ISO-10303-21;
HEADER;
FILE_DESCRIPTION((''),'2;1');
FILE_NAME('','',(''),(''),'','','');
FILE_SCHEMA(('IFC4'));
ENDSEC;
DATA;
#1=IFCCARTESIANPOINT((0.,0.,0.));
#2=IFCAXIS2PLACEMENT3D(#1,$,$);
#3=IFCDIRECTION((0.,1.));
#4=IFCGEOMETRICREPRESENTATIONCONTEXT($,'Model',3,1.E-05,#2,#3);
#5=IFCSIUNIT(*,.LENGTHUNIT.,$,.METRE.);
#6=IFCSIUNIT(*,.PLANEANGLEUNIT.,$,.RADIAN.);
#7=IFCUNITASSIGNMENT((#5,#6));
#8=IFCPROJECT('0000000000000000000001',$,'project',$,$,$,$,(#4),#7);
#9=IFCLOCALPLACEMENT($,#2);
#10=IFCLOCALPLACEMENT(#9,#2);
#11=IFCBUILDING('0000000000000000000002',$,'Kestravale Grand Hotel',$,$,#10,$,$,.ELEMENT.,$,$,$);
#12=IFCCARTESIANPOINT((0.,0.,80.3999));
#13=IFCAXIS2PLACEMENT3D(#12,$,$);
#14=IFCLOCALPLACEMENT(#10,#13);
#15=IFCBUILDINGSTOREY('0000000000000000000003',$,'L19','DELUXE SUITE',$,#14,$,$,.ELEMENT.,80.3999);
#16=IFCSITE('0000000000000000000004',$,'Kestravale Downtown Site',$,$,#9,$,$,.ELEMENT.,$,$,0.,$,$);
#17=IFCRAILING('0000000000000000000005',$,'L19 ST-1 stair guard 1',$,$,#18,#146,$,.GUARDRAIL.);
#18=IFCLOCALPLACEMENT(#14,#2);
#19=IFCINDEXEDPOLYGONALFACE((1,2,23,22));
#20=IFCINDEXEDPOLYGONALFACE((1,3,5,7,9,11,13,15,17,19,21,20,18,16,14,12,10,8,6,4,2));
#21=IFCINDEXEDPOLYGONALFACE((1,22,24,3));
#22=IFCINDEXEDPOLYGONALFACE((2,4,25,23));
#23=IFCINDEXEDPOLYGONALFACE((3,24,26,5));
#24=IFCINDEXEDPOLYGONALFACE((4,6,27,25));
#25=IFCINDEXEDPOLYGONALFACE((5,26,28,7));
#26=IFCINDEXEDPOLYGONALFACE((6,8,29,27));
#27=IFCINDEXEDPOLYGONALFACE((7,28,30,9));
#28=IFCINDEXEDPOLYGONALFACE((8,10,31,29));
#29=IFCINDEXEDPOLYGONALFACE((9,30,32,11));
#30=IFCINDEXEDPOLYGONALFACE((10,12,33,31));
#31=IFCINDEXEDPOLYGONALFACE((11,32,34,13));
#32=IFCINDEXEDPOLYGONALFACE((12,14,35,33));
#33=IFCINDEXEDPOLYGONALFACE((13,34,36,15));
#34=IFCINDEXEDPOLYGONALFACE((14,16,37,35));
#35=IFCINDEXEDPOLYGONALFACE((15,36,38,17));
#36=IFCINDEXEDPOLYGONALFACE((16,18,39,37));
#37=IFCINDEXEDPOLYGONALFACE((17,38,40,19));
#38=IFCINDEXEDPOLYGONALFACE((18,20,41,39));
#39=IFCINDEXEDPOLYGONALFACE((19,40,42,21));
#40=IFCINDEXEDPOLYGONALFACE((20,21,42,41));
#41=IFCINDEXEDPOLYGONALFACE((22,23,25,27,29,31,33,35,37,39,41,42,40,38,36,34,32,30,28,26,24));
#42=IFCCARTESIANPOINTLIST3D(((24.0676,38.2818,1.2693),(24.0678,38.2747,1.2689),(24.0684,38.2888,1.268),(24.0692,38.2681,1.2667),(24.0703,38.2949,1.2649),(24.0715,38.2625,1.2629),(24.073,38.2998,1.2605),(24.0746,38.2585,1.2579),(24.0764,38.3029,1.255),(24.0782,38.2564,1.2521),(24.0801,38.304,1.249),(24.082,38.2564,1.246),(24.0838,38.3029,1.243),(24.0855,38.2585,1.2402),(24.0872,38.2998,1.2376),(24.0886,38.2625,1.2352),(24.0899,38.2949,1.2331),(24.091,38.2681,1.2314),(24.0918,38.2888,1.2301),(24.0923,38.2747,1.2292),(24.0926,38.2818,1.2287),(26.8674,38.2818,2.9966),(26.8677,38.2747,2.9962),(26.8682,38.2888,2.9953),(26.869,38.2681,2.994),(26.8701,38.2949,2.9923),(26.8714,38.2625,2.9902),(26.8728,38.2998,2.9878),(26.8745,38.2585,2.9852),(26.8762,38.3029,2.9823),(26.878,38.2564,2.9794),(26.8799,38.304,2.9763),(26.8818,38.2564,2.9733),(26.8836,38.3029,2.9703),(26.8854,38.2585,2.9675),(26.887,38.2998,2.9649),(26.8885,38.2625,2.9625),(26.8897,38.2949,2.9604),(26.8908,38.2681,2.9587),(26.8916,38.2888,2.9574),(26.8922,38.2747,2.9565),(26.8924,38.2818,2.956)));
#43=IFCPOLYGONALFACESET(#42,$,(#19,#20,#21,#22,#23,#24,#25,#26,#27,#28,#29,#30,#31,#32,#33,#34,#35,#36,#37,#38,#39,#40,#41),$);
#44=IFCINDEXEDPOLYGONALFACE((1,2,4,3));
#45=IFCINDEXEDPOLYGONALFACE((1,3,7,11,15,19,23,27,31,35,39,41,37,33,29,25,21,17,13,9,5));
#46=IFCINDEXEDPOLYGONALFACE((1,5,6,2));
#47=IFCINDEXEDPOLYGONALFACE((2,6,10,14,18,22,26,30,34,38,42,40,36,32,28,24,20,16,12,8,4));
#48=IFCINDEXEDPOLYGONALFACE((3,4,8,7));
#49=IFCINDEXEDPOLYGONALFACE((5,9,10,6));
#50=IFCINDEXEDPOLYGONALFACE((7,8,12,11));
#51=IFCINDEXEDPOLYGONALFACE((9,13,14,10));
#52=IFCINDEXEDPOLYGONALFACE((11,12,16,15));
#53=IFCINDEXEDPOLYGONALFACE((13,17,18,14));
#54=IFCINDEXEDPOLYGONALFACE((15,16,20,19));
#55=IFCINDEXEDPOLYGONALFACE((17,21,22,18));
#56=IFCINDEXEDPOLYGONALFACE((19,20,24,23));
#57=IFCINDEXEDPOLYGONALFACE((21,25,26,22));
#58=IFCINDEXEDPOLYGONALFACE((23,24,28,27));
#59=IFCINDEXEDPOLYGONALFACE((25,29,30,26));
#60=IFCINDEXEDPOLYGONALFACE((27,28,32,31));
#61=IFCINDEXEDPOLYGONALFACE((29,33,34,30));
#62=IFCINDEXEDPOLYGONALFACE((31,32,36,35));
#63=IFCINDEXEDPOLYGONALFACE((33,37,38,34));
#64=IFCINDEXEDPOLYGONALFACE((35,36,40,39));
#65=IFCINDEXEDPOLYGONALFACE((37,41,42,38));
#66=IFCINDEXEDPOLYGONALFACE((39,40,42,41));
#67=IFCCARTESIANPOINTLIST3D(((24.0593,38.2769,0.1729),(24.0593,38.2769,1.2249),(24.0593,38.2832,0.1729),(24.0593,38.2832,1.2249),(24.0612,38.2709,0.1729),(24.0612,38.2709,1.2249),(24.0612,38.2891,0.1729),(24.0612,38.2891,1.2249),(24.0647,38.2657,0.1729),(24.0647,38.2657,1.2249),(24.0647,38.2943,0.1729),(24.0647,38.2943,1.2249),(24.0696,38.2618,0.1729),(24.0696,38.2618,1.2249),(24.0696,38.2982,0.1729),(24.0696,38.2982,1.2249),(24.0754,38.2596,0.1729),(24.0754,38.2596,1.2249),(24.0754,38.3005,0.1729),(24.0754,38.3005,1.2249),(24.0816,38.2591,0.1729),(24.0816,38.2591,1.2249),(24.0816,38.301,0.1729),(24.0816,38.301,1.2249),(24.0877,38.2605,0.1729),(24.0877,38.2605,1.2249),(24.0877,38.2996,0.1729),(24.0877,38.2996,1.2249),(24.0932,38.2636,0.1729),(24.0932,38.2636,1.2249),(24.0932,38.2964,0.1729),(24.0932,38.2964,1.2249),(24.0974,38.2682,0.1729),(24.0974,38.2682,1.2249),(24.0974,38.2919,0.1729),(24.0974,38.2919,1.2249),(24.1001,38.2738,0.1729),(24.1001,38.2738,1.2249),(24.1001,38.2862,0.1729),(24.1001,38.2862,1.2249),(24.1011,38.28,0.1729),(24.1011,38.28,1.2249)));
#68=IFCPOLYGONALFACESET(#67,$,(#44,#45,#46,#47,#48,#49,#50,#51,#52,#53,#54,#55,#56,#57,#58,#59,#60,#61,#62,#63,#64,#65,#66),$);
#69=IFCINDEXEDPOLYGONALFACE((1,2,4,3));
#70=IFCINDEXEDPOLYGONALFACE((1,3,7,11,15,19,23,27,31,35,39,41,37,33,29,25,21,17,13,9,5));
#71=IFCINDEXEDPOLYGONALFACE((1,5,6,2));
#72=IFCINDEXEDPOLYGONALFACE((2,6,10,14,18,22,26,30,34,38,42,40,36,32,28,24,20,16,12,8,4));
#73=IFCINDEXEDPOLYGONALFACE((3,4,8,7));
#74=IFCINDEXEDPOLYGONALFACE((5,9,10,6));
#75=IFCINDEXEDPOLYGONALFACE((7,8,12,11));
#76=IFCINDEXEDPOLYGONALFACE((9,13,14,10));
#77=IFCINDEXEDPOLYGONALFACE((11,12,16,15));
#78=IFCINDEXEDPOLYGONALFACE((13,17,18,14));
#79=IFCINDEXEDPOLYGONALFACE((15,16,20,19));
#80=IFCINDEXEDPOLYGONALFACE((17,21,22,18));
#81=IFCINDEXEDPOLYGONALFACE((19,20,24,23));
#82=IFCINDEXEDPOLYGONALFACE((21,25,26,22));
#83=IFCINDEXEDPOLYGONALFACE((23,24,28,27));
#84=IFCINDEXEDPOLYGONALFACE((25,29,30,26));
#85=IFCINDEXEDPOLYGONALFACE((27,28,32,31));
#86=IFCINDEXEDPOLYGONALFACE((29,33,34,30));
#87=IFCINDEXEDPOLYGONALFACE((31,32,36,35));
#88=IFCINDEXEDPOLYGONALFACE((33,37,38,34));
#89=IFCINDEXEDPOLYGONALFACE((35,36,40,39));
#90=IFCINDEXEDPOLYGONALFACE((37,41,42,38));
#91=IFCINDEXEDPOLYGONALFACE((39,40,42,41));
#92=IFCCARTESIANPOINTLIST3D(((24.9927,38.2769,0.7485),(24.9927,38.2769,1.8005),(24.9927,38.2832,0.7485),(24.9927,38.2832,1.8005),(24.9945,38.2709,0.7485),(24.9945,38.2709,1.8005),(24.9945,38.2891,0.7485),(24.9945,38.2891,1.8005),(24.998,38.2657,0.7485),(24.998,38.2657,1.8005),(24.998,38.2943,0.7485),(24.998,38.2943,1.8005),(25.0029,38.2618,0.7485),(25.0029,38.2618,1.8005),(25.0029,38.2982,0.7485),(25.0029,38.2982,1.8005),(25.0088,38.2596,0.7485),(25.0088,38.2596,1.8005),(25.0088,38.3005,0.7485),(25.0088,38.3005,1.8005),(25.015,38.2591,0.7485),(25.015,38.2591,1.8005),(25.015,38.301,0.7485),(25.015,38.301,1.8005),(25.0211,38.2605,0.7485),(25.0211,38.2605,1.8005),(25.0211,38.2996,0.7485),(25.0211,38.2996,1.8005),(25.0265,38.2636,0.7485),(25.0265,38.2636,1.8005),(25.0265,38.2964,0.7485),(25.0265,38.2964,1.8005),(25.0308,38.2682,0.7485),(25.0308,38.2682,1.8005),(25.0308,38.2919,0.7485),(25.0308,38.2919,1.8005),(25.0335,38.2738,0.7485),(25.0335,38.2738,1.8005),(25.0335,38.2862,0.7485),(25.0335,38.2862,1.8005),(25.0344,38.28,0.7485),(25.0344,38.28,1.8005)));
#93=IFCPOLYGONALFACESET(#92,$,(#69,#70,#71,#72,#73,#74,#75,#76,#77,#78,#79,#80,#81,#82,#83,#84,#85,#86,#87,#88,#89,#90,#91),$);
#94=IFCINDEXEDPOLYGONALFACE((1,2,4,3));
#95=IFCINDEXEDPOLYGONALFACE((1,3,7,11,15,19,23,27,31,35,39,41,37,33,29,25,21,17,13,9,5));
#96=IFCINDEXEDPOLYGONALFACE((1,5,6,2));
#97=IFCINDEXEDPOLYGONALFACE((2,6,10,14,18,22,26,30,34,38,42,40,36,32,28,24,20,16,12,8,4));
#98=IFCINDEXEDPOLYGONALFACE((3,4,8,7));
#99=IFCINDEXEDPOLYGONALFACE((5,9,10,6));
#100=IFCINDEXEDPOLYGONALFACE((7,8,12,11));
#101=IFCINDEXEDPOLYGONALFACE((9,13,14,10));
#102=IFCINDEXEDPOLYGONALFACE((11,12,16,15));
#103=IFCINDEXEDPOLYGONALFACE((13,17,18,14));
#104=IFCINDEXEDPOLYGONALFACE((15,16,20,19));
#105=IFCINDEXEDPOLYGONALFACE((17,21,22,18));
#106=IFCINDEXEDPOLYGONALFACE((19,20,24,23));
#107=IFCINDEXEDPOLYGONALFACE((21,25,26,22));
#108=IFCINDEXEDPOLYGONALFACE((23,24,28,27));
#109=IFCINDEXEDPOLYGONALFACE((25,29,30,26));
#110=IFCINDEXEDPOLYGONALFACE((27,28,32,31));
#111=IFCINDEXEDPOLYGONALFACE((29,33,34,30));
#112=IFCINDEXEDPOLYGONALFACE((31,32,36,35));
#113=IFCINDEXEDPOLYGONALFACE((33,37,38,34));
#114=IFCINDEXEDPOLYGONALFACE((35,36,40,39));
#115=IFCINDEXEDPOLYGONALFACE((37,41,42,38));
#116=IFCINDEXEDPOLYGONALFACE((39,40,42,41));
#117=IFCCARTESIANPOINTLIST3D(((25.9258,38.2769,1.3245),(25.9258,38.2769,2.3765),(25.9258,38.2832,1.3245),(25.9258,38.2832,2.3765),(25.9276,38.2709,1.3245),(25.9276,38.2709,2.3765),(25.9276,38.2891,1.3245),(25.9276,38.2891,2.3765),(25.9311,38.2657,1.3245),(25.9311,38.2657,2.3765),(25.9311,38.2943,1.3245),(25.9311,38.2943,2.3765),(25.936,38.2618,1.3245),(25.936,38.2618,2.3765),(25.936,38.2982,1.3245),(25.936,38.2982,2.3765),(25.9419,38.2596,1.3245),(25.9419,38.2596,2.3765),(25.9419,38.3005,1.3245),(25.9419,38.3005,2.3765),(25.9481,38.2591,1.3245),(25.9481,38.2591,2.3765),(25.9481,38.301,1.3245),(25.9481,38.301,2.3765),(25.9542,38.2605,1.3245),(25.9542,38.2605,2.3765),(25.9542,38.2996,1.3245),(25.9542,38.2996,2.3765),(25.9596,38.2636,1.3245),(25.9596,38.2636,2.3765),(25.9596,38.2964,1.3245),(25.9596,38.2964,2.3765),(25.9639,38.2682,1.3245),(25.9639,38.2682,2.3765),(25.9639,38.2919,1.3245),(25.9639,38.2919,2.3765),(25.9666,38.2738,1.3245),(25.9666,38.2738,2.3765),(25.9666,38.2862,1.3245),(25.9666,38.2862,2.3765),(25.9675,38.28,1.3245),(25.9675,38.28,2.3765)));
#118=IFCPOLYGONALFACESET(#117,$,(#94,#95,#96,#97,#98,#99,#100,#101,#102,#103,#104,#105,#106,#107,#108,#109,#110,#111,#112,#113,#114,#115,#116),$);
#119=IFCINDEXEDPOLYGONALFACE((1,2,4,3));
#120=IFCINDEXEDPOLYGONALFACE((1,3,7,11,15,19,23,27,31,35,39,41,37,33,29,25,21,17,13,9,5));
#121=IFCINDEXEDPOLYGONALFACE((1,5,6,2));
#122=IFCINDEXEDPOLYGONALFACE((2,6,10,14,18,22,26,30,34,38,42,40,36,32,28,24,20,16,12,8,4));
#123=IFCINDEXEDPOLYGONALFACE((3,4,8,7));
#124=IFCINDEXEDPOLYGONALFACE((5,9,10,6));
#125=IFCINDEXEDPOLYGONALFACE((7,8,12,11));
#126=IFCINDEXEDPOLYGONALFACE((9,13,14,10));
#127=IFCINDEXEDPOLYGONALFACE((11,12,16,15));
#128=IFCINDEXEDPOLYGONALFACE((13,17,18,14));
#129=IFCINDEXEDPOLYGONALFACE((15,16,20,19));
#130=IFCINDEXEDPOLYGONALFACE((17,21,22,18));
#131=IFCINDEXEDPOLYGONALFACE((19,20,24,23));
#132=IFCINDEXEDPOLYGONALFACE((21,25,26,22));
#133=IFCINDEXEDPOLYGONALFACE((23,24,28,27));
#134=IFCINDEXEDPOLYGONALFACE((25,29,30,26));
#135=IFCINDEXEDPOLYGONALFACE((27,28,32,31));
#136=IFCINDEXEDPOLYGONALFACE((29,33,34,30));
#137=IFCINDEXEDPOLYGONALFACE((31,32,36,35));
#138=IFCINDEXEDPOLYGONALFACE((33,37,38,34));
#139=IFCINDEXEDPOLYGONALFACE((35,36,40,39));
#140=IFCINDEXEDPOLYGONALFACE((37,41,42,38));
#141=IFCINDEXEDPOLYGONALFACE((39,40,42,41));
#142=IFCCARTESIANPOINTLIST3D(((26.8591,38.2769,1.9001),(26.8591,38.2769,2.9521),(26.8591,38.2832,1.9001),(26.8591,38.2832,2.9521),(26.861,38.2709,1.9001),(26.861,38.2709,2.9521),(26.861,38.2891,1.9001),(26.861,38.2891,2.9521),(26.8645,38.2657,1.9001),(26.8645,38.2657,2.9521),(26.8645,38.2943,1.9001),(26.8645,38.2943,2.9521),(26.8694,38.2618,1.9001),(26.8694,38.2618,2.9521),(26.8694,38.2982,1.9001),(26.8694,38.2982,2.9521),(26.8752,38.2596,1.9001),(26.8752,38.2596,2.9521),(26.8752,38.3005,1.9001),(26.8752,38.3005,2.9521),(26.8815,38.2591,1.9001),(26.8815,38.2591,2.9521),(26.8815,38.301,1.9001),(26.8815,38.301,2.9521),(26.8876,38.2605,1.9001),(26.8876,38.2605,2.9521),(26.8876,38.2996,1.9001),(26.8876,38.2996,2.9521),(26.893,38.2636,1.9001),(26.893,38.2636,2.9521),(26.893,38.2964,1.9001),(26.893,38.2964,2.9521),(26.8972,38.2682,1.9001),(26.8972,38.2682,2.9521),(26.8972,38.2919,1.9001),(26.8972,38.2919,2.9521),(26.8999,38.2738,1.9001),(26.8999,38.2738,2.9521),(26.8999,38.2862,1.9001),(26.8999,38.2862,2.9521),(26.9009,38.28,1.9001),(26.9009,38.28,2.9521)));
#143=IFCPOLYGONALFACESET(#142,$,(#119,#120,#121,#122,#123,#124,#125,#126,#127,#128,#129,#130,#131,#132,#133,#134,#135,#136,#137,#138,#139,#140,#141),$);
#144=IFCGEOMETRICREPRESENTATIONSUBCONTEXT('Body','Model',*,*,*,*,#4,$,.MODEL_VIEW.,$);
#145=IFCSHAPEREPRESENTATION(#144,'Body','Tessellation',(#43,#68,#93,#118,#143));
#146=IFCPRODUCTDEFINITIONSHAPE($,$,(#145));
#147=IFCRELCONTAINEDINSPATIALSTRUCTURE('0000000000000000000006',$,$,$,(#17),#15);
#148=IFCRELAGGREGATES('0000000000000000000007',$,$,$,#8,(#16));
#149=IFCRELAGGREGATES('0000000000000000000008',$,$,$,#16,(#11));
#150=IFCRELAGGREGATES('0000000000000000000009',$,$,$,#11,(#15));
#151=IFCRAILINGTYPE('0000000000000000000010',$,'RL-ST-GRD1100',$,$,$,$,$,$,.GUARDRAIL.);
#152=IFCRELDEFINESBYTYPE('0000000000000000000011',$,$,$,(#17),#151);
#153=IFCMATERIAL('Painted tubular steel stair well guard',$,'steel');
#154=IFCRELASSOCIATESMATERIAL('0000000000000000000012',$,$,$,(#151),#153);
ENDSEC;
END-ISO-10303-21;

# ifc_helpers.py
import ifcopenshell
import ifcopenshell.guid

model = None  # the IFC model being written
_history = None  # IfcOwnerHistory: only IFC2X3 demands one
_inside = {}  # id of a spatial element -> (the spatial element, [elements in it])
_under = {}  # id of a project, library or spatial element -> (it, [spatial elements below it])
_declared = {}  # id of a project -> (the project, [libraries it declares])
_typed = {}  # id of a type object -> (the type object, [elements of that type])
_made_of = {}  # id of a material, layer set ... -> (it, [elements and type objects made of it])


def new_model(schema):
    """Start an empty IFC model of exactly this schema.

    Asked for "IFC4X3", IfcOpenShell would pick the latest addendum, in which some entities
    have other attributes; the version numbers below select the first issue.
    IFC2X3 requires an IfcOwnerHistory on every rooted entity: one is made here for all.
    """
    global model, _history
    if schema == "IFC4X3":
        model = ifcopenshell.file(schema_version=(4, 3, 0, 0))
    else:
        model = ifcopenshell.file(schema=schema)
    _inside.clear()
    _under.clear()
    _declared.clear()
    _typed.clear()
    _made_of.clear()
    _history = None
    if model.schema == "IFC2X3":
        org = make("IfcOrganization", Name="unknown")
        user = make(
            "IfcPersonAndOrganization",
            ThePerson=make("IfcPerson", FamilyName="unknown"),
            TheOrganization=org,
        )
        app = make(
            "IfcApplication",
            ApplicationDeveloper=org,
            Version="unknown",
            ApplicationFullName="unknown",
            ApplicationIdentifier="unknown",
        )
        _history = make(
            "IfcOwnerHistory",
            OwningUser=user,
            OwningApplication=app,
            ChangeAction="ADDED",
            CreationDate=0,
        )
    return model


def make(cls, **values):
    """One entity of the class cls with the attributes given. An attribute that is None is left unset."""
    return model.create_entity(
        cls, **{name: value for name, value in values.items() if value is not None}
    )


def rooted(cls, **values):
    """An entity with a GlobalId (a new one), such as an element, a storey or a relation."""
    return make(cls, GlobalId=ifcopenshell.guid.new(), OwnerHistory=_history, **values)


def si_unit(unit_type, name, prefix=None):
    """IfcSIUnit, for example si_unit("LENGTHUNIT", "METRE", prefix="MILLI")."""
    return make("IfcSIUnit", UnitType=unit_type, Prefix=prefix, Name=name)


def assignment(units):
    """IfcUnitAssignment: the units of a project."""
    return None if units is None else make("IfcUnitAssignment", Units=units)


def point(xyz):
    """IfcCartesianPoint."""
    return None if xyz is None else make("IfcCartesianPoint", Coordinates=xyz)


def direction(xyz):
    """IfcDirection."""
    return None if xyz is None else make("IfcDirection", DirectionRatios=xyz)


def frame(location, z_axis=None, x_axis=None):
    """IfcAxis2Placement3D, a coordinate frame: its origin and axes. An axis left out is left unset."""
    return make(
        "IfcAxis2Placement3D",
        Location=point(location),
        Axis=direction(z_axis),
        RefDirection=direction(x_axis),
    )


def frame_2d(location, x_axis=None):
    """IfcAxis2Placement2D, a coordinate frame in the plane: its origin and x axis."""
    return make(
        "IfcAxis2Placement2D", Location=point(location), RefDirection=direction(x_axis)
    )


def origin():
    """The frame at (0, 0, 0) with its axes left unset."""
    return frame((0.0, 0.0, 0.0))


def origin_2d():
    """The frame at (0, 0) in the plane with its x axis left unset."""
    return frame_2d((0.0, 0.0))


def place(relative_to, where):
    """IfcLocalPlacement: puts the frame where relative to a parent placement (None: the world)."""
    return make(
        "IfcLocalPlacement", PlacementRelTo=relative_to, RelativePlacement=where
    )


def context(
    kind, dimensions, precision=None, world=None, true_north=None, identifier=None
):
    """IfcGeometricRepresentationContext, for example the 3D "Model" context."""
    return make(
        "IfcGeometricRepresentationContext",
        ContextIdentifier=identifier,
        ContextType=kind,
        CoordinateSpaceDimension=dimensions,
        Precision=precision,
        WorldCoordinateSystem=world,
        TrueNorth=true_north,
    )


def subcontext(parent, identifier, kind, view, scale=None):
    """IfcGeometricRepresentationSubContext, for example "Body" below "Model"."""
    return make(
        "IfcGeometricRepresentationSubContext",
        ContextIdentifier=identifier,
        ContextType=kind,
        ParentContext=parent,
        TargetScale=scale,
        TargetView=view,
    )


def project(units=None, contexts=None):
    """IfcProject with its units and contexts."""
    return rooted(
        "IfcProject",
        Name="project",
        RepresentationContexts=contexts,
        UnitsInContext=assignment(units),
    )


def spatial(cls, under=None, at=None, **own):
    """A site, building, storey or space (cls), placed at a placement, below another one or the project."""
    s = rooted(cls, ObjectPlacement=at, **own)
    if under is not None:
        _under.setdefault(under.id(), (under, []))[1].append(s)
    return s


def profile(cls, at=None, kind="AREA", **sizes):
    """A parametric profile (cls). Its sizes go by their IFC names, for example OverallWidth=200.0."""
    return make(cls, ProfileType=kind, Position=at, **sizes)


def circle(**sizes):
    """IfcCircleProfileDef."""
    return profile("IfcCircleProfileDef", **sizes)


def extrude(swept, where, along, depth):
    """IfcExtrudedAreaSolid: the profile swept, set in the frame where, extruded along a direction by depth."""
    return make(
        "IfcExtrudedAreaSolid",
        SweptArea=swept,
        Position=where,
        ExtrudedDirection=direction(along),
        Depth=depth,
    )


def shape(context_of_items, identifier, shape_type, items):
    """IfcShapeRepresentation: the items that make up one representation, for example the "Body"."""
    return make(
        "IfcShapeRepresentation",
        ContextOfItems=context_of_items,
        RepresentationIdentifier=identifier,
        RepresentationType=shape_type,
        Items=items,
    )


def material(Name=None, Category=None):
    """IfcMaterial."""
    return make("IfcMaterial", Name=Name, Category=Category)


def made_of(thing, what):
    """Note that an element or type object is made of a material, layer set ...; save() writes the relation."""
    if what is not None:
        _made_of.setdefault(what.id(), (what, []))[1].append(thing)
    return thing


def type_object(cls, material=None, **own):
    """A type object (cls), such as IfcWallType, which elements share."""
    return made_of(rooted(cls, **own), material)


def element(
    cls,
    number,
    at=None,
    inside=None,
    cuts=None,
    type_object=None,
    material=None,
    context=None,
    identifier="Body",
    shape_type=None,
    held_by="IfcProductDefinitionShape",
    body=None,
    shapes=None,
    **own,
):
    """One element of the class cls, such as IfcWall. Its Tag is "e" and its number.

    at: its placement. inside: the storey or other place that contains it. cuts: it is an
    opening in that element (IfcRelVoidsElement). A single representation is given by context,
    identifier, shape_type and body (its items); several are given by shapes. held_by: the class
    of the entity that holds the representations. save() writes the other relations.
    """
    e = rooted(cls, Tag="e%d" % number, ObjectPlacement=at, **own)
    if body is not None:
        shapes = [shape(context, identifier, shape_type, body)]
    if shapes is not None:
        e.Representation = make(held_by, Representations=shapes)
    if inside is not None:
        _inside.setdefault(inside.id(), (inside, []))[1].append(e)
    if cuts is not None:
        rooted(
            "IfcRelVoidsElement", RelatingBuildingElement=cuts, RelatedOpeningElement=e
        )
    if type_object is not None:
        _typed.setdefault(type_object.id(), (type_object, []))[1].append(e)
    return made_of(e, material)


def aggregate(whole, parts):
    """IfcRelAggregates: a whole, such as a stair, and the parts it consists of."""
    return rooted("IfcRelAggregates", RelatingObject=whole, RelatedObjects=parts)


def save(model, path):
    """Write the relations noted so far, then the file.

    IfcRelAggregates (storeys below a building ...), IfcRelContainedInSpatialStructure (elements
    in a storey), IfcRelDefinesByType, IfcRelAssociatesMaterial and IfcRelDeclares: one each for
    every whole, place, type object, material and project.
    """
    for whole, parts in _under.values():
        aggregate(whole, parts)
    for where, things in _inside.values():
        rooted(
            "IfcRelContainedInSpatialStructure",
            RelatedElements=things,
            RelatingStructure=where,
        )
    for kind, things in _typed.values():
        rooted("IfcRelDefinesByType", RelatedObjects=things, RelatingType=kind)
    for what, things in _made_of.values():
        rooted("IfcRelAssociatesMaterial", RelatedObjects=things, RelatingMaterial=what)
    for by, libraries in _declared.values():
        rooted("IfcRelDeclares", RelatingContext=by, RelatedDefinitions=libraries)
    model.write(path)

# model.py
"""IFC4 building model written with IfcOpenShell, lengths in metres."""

from ifc_helpers import new_model, si_unit, direction, frame, origin, origin_2d, place, context, subcontext, project, spatial, circle, extrude, material, type_object, element, save


model = new_model("IFC4")

# Units and contexts
model_context = context("Model", 3, precision=1e-05, world=origin(), true_north=direction((0.0, 1.0)))
body_context = subcontext(model_context, "Body", "Model", "MODEL_VIEW")
ifc_project = project(units=[si_unit("LENGTHUNIT", "METRE"), si_unit("PLANEANGLEUNIT", "RADIAN")], contexts=[model_context])

# Site, building, storey
site_placement = place(None, origin())
site = spatial("IfcSite", under=ifc_project, at=site_placement, Name="Kestravale Downtown Site", CompositionType="ELEMENT", RefElevation=0.0)
building_placement = place(site_placement, origin())
building = spatial("IfcBuilding", under=site, at=building_placement, Name="Kestravale Grand Hotel", CompositionType="ELEMENT")
storey_placement = place(building_placement, frame((0.0, 0.0, 80.3999)))
storey = spatial("IfcBuildingStorey", under=building, at=storey_placement, Name="L19", Description="DELUXE SUITE", CompositionType="ELEMENT", Elevation=80.3999)

# Railing
ifc_material_1 = material(Name="Painted tubular steel stair well guard", Category="steel")
railing_type_1 = type_object("IfcRailingType", Name="RL-ST-GRD1100", PredefinedType="GUARDRAIL", material=ifc_material_1)
railing_1_placement = place(storey_placement, frame((24.0801, 38.28, 0.1729)))
element("IfcRailing", 1, at=railing_1_placement, inside=storey, type_object=railing_type_1, Name="L19 ST-1 stair guard 1", PredefinedType="GUARDRAIL", context=body_context, shape_type="SweptSolid", body=[
    extrude(circle(Radius=0.0239, at=origin_2d()), frame((0.0, 0.0, 1.0762), z_axis=(0.851069, 0.0, 0.525054), x_axis=(0.0, 1.0, 0.0)), (0.0, 0.0, 1.0), 3.2898),
    extrude(circle(Radius=0.021, at=origin_2d()), origin(), (0.0, 0.0, 1.0), 1.052),
    extrude(circle(Radius=0.021, at=origin_2d()), frame((0.9333, 0.0, 0.5757)), (0.0, 0.0, 1.0), 1.052),
    extrude(circle(Radius=0.021, at=origin_2d()), frame((1.8665, 0.0, 1.1516)), (0.0, 0.0, 1.0), 1.052),
    extrude(circle(Radius=0.021, at=origin_2d()), frame((2.7998, 0.0, 1.7273)), (0.0, 0.0, 1.0), 1.052),
])

save(model, "model.ifc")
